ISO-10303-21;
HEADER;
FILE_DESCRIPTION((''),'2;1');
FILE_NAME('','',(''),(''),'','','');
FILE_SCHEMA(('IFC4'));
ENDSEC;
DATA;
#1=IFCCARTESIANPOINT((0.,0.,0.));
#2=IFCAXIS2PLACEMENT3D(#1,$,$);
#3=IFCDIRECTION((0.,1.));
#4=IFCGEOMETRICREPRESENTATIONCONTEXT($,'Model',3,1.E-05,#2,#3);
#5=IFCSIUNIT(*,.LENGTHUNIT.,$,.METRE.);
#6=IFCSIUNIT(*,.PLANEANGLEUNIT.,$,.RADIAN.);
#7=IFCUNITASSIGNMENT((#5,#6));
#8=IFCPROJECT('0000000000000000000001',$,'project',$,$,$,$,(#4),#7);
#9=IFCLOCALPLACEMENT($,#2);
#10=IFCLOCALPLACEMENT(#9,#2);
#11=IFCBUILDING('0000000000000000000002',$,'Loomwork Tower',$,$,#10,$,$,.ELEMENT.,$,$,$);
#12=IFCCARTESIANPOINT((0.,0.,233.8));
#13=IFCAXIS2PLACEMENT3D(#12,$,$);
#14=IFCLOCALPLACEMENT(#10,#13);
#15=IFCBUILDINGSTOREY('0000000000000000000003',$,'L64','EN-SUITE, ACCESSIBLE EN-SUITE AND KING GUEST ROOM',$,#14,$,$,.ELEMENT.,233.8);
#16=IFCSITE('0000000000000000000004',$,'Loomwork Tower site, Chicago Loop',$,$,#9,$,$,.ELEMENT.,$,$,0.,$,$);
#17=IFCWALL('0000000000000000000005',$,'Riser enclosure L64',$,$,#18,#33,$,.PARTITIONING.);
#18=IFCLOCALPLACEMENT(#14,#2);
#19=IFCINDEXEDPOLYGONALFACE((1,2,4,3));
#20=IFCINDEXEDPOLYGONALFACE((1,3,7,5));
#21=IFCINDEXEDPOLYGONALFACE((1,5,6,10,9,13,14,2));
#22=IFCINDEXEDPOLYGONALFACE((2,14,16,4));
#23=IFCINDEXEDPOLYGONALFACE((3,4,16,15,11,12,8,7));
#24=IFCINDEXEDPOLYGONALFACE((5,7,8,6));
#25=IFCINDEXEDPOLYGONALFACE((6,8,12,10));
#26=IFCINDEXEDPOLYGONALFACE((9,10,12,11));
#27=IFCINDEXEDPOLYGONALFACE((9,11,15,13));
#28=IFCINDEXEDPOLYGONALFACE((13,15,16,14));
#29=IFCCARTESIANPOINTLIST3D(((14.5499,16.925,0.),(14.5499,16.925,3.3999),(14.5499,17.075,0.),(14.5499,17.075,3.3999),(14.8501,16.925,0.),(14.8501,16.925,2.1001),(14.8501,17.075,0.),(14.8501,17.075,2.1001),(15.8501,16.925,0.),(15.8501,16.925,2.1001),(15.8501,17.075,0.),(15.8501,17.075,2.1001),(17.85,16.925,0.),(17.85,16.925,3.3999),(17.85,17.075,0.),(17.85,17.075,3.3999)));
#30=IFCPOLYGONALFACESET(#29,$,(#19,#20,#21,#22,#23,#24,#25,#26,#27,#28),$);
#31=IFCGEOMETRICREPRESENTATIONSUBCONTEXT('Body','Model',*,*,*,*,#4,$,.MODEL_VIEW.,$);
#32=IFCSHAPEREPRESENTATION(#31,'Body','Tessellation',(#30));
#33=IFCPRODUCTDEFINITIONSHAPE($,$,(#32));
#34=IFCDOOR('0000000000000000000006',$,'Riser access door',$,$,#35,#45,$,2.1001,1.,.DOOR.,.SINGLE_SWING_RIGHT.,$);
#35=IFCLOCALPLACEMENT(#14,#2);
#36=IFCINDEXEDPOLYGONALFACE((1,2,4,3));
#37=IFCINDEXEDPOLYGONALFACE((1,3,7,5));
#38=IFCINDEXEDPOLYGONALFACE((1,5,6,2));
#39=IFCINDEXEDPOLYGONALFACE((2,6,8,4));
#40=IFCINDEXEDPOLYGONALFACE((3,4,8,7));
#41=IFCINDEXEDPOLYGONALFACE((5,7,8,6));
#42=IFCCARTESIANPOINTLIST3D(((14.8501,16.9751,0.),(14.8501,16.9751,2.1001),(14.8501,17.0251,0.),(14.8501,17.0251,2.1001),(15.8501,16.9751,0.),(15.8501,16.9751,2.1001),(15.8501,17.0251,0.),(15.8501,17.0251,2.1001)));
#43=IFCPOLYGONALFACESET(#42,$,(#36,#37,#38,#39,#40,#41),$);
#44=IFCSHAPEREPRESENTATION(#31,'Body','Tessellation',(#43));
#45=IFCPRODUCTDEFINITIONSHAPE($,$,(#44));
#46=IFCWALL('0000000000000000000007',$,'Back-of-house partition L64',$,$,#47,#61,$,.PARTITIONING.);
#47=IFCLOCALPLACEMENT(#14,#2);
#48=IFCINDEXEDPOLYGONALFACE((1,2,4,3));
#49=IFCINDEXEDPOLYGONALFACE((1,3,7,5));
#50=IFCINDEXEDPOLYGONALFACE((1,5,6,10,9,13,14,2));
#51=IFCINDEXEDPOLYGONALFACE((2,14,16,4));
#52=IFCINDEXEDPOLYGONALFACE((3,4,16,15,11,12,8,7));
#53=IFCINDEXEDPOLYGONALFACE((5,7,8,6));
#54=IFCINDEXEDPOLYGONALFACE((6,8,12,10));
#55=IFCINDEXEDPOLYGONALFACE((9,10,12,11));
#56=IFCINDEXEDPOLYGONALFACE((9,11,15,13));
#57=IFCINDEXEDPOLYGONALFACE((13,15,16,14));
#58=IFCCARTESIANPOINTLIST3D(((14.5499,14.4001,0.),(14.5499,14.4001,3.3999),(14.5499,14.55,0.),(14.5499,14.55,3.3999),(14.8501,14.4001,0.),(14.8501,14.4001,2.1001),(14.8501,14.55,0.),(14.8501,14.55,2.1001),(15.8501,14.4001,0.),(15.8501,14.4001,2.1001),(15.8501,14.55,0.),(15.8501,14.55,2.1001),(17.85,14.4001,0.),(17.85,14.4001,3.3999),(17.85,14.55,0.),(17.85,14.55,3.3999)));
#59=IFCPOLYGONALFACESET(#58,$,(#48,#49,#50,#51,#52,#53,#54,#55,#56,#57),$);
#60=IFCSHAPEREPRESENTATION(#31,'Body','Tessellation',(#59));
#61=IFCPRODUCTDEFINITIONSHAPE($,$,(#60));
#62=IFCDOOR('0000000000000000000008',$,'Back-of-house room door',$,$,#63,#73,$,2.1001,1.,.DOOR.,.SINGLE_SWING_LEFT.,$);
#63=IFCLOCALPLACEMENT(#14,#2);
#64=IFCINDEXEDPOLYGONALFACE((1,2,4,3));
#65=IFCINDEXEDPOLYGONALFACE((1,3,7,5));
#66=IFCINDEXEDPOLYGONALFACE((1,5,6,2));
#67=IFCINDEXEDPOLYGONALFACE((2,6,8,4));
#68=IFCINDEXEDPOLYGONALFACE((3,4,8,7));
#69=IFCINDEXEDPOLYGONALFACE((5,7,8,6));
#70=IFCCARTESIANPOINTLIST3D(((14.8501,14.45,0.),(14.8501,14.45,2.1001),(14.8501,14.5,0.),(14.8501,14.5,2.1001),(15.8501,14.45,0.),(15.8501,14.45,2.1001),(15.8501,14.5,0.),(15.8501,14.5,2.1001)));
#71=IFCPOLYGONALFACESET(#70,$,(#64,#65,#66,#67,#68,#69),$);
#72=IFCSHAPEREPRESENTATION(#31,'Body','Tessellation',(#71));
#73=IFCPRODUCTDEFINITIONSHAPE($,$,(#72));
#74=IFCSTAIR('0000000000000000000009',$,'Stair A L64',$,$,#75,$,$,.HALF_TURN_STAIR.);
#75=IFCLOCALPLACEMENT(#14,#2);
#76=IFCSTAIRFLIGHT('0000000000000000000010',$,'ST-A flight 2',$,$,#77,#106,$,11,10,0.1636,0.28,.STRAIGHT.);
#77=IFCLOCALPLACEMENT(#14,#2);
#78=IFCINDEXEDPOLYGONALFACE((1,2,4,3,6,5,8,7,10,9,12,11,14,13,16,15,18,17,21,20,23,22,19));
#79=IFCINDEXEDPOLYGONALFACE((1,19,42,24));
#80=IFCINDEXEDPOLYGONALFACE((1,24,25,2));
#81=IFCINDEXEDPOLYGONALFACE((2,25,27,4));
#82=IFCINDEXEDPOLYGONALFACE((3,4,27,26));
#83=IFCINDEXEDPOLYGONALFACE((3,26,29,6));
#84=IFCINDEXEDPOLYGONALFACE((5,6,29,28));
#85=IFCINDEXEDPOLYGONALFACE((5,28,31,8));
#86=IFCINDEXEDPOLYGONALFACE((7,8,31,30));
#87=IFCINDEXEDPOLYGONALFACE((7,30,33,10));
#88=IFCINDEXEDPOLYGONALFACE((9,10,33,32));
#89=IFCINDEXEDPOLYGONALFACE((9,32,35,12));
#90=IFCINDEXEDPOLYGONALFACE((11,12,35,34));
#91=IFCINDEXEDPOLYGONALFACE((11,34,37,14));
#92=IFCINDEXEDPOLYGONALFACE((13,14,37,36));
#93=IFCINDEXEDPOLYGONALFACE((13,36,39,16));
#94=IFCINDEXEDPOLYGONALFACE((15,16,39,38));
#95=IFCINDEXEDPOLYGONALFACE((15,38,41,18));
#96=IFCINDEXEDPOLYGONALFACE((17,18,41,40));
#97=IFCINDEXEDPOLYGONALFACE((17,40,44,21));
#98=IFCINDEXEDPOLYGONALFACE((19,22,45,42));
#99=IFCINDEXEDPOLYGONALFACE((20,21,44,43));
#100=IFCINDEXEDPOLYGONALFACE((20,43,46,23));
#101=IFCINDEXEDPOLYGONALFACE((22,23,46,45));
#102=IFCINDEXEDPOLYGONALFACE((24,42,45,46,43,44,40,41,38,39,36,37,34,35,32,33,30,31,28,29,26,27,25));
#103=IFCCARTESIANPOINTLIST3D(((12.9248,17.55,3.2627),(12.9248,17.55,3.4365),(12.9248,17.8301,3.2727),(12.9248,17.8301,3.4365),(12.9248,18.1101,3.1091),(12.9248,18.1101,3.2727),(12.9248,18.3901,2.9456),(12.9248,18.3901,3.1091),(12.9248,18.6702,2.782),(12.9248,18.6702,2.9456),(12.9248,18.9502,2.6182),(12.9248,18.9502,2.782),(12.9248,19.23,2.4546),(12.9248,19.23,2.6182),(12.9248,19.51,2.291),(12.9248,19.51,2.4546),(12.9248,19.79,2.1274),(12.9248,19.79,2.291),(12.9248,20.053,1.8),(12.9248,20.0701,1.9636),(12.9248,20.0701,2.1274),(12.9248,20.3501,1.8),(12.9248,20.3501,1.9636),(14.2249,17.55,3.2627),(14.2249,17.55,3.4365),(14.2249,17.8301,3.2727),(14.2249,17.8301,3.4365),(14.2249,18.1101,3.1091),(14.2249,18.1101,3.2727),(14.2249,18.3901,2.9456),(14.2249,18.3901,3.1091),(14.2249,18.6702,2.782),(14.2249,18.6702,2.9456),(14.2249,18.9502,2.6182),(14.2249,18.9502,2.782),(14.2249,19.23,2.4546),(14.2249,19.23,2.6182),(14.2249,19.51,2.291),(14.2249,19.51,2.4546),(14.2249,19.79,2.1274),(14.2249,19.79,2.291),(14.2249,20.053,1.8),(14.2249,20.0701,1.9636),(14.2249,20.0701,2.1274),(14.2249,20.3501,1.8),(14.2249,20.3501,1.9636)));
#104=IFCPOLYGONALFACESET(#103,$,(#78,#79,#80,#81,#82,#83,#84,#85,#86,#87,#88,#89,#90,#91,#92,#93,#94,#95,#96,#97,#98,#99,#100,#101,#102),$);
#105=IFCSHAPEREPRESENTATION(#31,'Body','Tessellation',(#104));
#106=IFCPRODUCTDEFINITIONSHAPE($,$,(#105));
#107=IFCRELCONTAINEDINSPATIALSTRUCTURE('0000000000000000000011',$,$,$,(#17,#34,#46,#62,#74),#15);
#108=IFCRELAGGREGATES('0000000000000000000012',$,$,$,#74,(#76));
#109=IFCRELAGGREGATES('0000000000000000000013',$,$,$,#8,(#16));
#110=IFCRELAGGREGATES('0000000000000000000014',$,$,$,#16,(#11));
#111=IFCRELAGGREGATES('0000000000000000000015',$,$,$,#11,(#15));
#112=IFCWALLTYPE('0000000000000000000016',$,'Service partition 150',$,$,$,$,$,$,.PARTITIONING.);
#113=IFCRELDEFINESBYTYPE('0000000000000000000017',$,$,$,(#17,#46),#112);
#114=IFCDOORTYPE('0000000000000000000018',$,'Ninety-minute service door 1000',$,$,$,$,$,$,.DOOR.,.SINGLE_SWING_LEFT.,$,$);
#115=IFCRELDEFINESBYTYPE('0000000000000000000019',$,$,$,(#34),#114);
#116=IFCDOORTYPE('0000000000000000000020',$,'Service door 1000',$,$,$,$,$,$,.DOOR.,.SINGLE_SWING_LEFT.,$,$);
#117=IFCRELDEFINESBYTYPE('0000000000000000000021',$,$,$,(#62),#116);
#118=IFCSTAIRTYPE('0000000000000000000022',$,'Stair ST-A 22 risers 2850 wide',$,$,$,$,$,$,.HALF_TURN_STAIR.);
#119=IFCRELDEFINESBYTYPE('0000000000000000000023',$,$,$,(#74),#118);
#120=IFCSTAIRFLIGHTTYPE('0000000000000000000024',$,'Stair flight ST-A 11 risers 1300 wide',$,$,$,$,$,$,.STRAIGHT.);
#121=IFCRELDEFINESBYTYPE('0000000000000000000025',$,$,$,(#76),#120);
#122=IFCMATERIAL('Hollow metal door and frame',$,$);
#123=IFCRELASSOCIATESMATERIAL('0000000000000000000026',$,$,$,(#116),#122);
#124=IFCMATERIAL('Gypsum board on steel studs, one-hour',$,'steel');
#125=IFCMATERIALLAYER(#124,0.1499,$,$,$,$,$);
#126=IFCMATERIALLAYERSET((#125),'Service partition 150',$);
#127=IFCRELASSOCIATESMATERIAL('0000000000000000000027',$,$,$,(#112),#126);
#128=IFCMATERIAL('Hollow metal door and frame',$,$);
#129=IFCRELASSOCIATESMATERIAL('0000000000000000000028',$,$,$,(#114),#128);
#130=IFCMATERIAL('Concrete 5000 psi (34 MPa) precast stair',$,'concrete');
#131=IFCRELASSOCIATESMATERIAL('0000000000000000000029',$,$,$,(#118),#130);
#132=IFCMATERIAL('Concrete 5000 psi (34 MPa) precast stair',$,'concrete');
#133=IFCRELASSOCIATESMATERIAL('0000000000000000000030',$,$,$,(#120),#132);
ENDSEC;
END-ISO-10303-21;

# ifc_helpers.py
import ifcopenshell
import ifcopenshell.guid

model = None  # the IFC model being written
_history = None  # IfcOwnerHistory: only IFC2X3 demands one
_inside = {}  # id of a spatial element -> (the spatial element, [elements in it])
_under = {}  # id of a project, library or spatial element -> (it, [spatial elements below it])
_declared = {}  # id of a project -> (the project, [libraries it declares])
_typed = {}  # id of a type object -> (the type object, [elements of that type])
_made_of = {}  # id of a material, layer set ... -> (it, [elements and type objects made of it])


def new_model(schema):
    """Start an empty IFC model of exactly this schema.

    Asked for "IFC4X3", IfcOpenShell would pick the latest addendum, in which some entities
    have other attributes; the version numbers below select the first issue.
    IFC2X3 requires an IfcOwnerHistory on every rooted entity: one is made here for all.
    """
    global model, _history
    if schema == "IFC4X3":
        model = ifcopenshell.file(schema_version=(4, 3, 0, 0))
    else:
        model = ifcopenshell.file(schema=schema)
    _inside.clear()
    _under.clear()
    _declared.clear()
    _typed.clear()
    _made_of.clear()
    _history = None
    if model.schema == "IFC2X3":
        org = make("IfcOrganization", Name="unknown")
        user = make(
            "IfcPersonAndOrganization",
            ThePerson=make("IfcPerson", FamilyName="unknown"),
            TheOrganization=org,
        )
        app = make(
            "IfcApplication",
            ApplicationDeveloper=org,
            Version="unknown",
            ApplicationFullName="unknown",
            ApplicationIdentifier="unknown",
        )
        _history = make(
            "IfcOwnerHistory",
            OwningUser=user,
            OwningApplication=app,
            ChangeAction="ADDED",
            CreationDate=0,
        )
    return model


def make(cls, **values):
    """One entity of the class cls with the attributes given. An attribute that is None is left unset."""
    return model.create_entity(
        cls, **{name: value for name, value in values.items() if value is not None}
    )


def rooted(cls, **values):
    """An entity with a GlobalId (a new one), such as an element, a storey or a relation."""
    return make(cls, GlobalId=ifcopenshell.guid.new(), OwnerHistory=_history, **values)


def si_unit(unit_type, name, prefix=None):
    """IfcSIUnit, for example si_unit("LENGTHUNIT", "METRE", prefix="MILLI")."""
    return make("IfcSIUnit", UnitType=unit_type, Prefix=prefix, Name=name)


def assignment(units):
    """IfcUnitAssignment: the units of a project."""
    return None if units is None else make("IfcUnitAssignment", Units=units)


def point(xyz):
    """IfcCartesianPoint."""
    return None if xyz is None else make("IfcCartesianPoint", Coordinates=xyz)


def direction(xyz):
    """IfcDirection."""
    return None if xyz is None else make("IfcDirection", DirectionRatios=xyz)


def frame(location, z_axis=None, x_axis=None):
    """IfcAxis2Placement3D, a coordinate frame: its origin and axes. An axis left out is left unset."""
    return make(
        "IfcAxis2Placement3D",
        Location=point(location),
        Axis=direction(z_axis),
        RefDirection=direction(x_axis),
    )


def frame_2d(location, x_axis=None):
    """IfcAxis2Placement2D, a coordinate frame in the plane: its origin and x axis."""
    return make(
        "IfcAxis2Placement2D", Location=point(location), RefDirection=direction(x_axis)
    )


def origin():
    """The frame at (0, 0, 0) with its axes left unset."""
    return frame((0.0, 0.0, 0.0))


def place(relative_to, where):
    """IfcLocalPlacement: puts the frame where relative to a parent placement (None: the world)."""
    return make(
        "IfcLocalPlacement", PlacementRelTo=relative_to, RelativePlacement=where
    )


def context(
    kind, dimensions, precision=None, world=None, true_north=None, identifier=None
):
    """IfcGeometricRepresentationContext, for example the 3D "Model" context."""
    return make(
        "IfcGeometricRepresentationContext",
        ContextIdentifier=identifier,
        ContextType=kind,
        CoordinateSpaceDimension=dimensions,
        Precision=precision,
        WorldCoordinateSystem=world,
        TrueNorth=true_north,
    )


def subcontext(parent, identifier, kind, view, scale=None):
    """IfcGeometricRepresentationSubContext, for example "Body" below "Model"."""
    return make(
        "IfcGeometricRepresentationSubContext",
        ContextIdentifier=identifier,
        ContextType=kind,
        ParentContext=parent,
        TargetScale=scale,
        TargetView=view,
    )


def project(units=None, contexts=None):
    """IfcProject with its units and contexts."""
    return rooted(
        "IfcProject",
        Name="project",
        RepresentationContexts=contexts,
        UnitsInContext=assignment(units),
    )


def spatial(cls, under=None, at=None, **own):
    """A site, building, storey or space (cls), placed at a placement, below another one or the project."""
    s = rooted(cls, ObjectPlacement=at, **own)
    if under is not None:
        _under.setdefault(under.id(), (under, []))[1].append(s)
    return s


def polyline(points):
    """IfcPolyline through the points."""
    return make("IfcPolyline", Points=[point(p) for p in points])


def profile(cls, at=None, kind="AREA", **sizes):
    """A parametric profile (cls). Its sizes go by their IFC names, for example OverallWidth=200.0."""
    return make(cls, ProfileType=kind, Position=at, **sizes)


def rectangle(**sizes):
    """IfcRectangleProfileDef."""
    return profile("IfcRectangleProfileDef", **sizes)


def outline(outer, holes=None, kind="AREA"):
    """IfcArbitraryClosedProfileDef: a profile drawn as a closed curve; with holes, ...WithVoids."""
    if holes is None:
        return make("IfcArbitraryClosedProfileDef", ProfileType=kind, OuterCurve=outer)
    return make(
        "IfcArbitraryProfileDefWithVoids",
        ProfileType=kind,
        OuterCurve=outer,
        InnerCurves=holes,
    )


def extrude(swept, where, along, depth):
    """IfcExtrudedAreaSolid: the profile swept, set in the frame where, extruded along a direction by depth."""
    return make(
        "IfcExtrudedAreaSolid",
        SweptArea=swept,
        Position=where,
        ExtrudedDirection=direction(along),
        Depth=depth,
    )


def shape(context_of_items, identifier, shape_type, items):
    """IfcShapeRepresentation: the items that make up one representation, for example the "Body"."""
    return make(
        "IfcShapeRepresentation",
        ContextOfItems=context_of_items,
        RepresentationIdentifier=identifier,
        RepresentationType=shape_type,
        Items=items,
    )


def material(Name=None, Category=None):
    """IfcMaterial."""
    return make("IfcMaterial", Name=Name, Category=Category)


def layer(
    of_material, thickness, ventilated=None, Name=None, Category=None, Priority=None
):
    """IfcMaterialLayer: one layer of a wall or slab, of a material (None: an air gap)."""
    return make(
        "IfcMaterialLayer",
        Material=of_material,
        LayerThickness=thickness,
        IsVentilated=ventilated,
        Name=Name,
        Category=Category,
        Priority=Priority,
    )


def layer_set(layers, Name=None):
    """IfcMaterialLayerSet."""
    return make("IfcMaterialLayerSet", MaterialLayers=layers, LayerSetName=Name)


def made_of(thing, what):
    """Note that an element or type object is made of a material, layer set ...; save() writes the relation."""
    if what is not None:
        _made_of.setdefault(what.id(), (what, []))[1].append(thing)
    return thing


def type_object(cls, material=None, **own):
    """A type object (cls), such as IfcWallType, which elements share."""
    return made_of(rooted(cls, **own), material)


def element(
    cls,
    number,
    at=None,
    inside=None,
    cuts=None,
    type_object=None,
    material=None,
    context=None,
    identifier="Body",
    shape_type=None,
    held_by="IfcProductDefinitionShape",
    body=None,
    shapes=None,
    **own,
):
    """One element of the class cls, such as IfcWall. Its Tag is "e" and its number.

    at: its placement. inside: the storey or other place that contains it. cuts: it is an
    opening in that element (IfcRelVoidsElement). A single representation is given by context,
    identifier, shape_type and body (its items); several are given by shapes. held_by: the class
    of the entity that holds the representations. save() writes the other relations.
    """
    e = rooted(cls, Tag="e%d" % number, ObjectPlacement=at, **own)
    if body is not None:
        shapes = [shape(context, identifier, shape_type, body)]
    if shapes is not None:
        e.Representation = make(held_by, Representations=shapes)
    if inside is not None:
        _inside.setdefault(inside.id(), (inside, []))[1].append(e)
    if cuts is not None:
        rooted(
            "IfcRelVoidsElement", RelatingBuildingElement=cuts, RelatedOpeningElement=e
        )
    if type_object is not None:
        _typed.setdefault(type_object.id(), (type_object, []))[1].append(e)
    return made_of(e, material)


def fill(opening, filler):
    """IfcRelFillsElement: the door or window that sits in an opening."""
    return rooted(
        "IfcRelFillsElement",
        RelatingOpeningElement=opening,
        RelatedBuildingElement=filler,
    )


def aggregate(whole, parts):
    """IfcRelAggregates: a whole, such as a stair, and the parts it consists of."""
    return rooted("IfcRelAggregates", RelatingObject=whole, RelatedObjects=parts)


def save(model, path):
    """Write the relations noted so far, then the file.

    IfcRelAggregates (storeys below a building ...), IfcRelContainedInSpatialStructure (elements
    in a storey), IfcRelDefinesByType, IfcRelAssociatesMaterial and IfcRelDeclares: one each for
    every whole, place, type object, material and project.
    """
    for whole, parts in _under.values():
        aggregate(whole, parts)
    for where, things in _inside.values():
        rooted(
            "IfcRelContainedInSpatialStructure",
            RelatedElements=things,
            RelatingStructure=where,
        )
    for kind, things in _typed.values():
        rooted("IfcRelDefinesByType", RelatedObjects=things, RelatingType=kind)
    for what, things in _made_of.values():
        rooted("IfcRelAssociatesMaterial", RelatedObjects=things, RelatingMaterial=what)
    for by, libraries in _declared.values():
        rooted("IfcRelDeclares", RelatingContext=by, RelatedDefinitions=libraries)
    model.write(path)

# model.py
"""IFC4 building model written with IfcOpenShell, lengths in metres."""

from ifc_helpers import new_model, si_unit, direction, frame, frame_2d, origin, place, context, subcontext, project, spatial, polyline, rectangle, outline, extrude, material, layer, layer_set, type_object, element, fill, aggregate, save


model = new_model("IFC4")

# Units and contexts
model_context = context("Model", 3, precision=1e-05, world=origin(), true_north=direction((0.0, 1.0)))
body_context = subcontext(model_context, "Body", "Model", "MODEL_VIEW")
ifc_project = project(units=[si_unit("LENGTHUNIT", "METRE"), si_unit("PLANEANGLEUNIT", "RADIAN")], contexts=[model_context])

# Site, building, storey
site_placement = place(None, origin())
site = spatial("IfcSite", under=ifc_project, at=site_placement, Name="Loomwork Tower site, Chicago Loop", CompositionType="ELEMENT", RefElevation=0.0)
building_placement = place(site_placement, origin())
building = spatial("IfcBuilding", under=site, at=building_placement, Name="Loomwork Tower", CompositionType="ELEMENT")
storey_placement = place(building_placement, frame((0.0, 0.0, 233.8)))
storey = spatial("IfcBuildingStorey", under=building, at=storey_placement, Name="L64", Description="EN-SUITE, ACCESSIBLE EN-SUITE AND KING GUEST ROOM", CompositionType="ELEMENT", Elevation=233.8)

# Shared definitions
ifc_material_1 = material(Name="Hollow metal door and frame")
door_type_1 = type_object("IfcDoorType", Name="Service door 1000", OperationType="SINGLE_SWING_LEFT", PredefinedType="DOOR", material=ifc_material_1)

# Walls, openings, doors
ifc_material_2 = material(Name="Gypsum board on steel studs, one-hour", Category="steel")
ifc_layer_1 = layer(ifc_material_2, 0.1499)
ifc_layer_set_1 = layer_set([ifc_layer_1], Name="Service partition 150")
wall_type_1 = type_object("IfcWallType", Name="Service partition 150", PredefinedType="PARTITIONING", material=ifc_layer_set_1)
wall_1_placement = place(storey_placement, frame((14.55, 17.0, 0.0), z_axis=(0.0, 0.0, 1.0), x_axis=(1.0, 0.0, 0.0)))
wall_1 = element("IfcWall", 1, at=wall_1_placement, inside=storey, type_object=wall_type_1, Name="Riser enclosure L64", PredefinedType="PARTITIONING", context=body_context, shape_type="SweptSolid", body=[
    extrude(rectangle(XDim=3.3, YDim=0.1499, at=frame_2d((1.6499, 0.0))), origin(), (0.0, 0.0, 1.0), 3.3999),
])
opening_1_placement = place(wall_1_placement, frame((0.3, 0.0, 0.0)))
opening_1 = element("IfcOpeningElement", 2, at=opening_1_placement, cuts=wall_1, PredefinedType="OPENING", context=body_context, shape_type="SweptSolid", body=[
    extrude(rectangle(XDim=1.0, YDim=2.1001, at=frame_2d((0.5, 1.05))), frame((0.0, 0.085, 0.0), z_axis=(0.0, -1.0, 0.0), x_axis=(1.0, 0.0, 0.0)), (0.0, 0.0, 1.0), 0.1699),
])
ifc_material_3 = material(Name="Hollow metal door and frame")
door_type_2 = type_object("IfcDoorType", Name="Ninety-minute service door 1000", OperationType="SINGLE_SWING_LEFT", PredefinedType="DOOR", material=ifc_material_3)
door_1_placement = place(opening_1_placement, frame((1.0, 0.0, 0.0), z_axis=(0.0, 0.0, 1.0), x_axis=(-1.0, 0.0, 0.0)))
door_1 = element("IfcDoor", 3, at=door_1_placement, inside=storey, type_object=door_type_2, Name="Riser access door", OperationType="SINGLE_SWING_RIGHT", OverallHeight=2.1001, OverallWidth=1.0, PredefinedType="DOOR", context=body_context, shape_type="SweptSolid", body=[
    extrude(rectangle(XDim=1.0, YDim=2.1001, at=frame_2d((0.5, 1.05))), frame((0.0, 0.0249, 0.0), z_axis=(0.0, -1.0, 0.0), x_axis=(1.0, 0.0, 0.0)), (0.0, 0.0, 1.0), 0.05),
])
fill(opening_1, door_1)
wall_2_placement = place(storey_placement, frame((14.55, 14.4751, 0.0), z_axis=(0.0, 0.0, 1.0), x_axis=(1.0, 0.0, 0.0)))
wall_2 = element("IfcWall", 4, at=wall_2_placement, inside=storey, type_object=wall_type_1, Name="Back-of-house partition L64", PredefinedType="PARTITIONING", context=body_context, shape_type="SweptSolid", body=[
    extrude(rectangle(XDim=3.3, YDim=0.1499, at=frame_2d((1.6499, 0.0))), origin(), (0.0, 0.0, 1.0), 3.3999),
])
opening_2_placement = place(wall_2_placement, frame((0.3, 0.0, 0.0)))
opening_2 = element("IfcOpeningElement", 5, at=opening_2_placement, cuts=wall_2, PredefinedType="OPENING", context=body_context, shape_type="SweptSolid", body=[
    extrude(rectangle(XDim=1.0, YDim=2.1001, at=frame_2d((0.5, 1.05))), frame((0.0, 0.085, 0.0), z_axis=(0.0, -1.0, 0.0), x_axis=(1.0, 0.0, 0.0)), (0.0, 0.0, 1.0), 0.1699),
])
door_2_placement = place(opening_2_placement, origin())
door_2 = element("IfcDoor", 6, at=door_2_placement, inside=storey, type_object=door_type_1, Name="Back-of-house room door", OperationType="SINGLE_SWING_LEFT", OverallHeight=2.1001, OverallWidth=1.0, PredefinedType="DOOR", context=body_context, shape_type="SweptSolid", body=[
    extrude(rectangle(XDim=1.0, YDim=2.1001, at=frame_2d((0.5, 1.05))), frame((0.0, 0.0249, 0.0), z_axis=(0.0, -1.0, 0.0), x_axis=(1.0, 0.0, 0.0)), (0.0, 0.0, 1.0), 0.05),
])
fill(opening_2, door_2)

# Stair, stair flight
ifc_material_4 = material(Name="Concrete 5000 psi (34 MPa) precast stair", Category="concrete")
stair_type = type_object("IfcStairType", Name="Stair ST-A 22 risers 2850 wide", PredefinedType="HALF_TURN_STAIR", material=ifc_material_4)
stair_placement = place(storey_placement, origin())
stair = element("IfcStair", 7, at=stair_placement, inside=storey, type_object=stair_type, Name="Stair A L64", PredefinedType="HALF_TURN_STAIR")
ifc_material_5 = material(Name="Concrete 5000 psi (34 MPa) precast stair", Category="concrete")
stair_flight_type = type_object("IfcStairFlightType", Name="Stair flight ST-A 11 risers 1300 wide", PredefinedType="STRAIGHT", material=ifc_material_5)
stair_flight_placement = place(storey_placement, frame((13.575, 20.3501, 1.8), z_axis=(0.0, 0.0, 1.0), x_axis=(0.0, -1.0, 0.0)))
stair_flight = element("IfcStairFlight", 8, at=stair_flight_placement, type_object=stair_flight_type, Name="ST-A flight 2", NumberOfRisers=11, NumberOfTreads=10, PredefinedType="STRAIGHT", RiserHeight=0.1636, TreadLength=0.28, context=body_context, shape_type="SweptSolid", body=[
    extrude(outline(polyline([(0.0, 0.0), (0.0, 0.1636), (0.28, 0.1636), (0.28, 0.3274), (0.5601, 0.3274), (0.5601, 0.491), (0.8401, 0.491), (0.8401, 0.6545), (1.1201, 0.6545), (1.1201, 0.8181), (1.3999, 0.8181), (1.3999, 0.9819), (1.6799, 0.9819), (1.6799, 1.1455), (1.96, 1.1455), (1.96, 1.3091), (2.24, 1.3091), (2.24, 1.4727), (2.52, 1.4727), (2.52, 1.6365), (2.8, 1.6365), (2.8, 1.8), (2.8, 1.4626), (0.2971, 0.0), (0.0, 0.0)])), frame((0.0, 0.6499, 0.0), z_axis=(0.0, -1.0, 0.0), x_axis=(1.0, 0.0, 0.0)), (0.0, 0.0, 1.0), 1.3),
])
aggregate(stair, [stair_flight])

save(model, "model.ifc")
